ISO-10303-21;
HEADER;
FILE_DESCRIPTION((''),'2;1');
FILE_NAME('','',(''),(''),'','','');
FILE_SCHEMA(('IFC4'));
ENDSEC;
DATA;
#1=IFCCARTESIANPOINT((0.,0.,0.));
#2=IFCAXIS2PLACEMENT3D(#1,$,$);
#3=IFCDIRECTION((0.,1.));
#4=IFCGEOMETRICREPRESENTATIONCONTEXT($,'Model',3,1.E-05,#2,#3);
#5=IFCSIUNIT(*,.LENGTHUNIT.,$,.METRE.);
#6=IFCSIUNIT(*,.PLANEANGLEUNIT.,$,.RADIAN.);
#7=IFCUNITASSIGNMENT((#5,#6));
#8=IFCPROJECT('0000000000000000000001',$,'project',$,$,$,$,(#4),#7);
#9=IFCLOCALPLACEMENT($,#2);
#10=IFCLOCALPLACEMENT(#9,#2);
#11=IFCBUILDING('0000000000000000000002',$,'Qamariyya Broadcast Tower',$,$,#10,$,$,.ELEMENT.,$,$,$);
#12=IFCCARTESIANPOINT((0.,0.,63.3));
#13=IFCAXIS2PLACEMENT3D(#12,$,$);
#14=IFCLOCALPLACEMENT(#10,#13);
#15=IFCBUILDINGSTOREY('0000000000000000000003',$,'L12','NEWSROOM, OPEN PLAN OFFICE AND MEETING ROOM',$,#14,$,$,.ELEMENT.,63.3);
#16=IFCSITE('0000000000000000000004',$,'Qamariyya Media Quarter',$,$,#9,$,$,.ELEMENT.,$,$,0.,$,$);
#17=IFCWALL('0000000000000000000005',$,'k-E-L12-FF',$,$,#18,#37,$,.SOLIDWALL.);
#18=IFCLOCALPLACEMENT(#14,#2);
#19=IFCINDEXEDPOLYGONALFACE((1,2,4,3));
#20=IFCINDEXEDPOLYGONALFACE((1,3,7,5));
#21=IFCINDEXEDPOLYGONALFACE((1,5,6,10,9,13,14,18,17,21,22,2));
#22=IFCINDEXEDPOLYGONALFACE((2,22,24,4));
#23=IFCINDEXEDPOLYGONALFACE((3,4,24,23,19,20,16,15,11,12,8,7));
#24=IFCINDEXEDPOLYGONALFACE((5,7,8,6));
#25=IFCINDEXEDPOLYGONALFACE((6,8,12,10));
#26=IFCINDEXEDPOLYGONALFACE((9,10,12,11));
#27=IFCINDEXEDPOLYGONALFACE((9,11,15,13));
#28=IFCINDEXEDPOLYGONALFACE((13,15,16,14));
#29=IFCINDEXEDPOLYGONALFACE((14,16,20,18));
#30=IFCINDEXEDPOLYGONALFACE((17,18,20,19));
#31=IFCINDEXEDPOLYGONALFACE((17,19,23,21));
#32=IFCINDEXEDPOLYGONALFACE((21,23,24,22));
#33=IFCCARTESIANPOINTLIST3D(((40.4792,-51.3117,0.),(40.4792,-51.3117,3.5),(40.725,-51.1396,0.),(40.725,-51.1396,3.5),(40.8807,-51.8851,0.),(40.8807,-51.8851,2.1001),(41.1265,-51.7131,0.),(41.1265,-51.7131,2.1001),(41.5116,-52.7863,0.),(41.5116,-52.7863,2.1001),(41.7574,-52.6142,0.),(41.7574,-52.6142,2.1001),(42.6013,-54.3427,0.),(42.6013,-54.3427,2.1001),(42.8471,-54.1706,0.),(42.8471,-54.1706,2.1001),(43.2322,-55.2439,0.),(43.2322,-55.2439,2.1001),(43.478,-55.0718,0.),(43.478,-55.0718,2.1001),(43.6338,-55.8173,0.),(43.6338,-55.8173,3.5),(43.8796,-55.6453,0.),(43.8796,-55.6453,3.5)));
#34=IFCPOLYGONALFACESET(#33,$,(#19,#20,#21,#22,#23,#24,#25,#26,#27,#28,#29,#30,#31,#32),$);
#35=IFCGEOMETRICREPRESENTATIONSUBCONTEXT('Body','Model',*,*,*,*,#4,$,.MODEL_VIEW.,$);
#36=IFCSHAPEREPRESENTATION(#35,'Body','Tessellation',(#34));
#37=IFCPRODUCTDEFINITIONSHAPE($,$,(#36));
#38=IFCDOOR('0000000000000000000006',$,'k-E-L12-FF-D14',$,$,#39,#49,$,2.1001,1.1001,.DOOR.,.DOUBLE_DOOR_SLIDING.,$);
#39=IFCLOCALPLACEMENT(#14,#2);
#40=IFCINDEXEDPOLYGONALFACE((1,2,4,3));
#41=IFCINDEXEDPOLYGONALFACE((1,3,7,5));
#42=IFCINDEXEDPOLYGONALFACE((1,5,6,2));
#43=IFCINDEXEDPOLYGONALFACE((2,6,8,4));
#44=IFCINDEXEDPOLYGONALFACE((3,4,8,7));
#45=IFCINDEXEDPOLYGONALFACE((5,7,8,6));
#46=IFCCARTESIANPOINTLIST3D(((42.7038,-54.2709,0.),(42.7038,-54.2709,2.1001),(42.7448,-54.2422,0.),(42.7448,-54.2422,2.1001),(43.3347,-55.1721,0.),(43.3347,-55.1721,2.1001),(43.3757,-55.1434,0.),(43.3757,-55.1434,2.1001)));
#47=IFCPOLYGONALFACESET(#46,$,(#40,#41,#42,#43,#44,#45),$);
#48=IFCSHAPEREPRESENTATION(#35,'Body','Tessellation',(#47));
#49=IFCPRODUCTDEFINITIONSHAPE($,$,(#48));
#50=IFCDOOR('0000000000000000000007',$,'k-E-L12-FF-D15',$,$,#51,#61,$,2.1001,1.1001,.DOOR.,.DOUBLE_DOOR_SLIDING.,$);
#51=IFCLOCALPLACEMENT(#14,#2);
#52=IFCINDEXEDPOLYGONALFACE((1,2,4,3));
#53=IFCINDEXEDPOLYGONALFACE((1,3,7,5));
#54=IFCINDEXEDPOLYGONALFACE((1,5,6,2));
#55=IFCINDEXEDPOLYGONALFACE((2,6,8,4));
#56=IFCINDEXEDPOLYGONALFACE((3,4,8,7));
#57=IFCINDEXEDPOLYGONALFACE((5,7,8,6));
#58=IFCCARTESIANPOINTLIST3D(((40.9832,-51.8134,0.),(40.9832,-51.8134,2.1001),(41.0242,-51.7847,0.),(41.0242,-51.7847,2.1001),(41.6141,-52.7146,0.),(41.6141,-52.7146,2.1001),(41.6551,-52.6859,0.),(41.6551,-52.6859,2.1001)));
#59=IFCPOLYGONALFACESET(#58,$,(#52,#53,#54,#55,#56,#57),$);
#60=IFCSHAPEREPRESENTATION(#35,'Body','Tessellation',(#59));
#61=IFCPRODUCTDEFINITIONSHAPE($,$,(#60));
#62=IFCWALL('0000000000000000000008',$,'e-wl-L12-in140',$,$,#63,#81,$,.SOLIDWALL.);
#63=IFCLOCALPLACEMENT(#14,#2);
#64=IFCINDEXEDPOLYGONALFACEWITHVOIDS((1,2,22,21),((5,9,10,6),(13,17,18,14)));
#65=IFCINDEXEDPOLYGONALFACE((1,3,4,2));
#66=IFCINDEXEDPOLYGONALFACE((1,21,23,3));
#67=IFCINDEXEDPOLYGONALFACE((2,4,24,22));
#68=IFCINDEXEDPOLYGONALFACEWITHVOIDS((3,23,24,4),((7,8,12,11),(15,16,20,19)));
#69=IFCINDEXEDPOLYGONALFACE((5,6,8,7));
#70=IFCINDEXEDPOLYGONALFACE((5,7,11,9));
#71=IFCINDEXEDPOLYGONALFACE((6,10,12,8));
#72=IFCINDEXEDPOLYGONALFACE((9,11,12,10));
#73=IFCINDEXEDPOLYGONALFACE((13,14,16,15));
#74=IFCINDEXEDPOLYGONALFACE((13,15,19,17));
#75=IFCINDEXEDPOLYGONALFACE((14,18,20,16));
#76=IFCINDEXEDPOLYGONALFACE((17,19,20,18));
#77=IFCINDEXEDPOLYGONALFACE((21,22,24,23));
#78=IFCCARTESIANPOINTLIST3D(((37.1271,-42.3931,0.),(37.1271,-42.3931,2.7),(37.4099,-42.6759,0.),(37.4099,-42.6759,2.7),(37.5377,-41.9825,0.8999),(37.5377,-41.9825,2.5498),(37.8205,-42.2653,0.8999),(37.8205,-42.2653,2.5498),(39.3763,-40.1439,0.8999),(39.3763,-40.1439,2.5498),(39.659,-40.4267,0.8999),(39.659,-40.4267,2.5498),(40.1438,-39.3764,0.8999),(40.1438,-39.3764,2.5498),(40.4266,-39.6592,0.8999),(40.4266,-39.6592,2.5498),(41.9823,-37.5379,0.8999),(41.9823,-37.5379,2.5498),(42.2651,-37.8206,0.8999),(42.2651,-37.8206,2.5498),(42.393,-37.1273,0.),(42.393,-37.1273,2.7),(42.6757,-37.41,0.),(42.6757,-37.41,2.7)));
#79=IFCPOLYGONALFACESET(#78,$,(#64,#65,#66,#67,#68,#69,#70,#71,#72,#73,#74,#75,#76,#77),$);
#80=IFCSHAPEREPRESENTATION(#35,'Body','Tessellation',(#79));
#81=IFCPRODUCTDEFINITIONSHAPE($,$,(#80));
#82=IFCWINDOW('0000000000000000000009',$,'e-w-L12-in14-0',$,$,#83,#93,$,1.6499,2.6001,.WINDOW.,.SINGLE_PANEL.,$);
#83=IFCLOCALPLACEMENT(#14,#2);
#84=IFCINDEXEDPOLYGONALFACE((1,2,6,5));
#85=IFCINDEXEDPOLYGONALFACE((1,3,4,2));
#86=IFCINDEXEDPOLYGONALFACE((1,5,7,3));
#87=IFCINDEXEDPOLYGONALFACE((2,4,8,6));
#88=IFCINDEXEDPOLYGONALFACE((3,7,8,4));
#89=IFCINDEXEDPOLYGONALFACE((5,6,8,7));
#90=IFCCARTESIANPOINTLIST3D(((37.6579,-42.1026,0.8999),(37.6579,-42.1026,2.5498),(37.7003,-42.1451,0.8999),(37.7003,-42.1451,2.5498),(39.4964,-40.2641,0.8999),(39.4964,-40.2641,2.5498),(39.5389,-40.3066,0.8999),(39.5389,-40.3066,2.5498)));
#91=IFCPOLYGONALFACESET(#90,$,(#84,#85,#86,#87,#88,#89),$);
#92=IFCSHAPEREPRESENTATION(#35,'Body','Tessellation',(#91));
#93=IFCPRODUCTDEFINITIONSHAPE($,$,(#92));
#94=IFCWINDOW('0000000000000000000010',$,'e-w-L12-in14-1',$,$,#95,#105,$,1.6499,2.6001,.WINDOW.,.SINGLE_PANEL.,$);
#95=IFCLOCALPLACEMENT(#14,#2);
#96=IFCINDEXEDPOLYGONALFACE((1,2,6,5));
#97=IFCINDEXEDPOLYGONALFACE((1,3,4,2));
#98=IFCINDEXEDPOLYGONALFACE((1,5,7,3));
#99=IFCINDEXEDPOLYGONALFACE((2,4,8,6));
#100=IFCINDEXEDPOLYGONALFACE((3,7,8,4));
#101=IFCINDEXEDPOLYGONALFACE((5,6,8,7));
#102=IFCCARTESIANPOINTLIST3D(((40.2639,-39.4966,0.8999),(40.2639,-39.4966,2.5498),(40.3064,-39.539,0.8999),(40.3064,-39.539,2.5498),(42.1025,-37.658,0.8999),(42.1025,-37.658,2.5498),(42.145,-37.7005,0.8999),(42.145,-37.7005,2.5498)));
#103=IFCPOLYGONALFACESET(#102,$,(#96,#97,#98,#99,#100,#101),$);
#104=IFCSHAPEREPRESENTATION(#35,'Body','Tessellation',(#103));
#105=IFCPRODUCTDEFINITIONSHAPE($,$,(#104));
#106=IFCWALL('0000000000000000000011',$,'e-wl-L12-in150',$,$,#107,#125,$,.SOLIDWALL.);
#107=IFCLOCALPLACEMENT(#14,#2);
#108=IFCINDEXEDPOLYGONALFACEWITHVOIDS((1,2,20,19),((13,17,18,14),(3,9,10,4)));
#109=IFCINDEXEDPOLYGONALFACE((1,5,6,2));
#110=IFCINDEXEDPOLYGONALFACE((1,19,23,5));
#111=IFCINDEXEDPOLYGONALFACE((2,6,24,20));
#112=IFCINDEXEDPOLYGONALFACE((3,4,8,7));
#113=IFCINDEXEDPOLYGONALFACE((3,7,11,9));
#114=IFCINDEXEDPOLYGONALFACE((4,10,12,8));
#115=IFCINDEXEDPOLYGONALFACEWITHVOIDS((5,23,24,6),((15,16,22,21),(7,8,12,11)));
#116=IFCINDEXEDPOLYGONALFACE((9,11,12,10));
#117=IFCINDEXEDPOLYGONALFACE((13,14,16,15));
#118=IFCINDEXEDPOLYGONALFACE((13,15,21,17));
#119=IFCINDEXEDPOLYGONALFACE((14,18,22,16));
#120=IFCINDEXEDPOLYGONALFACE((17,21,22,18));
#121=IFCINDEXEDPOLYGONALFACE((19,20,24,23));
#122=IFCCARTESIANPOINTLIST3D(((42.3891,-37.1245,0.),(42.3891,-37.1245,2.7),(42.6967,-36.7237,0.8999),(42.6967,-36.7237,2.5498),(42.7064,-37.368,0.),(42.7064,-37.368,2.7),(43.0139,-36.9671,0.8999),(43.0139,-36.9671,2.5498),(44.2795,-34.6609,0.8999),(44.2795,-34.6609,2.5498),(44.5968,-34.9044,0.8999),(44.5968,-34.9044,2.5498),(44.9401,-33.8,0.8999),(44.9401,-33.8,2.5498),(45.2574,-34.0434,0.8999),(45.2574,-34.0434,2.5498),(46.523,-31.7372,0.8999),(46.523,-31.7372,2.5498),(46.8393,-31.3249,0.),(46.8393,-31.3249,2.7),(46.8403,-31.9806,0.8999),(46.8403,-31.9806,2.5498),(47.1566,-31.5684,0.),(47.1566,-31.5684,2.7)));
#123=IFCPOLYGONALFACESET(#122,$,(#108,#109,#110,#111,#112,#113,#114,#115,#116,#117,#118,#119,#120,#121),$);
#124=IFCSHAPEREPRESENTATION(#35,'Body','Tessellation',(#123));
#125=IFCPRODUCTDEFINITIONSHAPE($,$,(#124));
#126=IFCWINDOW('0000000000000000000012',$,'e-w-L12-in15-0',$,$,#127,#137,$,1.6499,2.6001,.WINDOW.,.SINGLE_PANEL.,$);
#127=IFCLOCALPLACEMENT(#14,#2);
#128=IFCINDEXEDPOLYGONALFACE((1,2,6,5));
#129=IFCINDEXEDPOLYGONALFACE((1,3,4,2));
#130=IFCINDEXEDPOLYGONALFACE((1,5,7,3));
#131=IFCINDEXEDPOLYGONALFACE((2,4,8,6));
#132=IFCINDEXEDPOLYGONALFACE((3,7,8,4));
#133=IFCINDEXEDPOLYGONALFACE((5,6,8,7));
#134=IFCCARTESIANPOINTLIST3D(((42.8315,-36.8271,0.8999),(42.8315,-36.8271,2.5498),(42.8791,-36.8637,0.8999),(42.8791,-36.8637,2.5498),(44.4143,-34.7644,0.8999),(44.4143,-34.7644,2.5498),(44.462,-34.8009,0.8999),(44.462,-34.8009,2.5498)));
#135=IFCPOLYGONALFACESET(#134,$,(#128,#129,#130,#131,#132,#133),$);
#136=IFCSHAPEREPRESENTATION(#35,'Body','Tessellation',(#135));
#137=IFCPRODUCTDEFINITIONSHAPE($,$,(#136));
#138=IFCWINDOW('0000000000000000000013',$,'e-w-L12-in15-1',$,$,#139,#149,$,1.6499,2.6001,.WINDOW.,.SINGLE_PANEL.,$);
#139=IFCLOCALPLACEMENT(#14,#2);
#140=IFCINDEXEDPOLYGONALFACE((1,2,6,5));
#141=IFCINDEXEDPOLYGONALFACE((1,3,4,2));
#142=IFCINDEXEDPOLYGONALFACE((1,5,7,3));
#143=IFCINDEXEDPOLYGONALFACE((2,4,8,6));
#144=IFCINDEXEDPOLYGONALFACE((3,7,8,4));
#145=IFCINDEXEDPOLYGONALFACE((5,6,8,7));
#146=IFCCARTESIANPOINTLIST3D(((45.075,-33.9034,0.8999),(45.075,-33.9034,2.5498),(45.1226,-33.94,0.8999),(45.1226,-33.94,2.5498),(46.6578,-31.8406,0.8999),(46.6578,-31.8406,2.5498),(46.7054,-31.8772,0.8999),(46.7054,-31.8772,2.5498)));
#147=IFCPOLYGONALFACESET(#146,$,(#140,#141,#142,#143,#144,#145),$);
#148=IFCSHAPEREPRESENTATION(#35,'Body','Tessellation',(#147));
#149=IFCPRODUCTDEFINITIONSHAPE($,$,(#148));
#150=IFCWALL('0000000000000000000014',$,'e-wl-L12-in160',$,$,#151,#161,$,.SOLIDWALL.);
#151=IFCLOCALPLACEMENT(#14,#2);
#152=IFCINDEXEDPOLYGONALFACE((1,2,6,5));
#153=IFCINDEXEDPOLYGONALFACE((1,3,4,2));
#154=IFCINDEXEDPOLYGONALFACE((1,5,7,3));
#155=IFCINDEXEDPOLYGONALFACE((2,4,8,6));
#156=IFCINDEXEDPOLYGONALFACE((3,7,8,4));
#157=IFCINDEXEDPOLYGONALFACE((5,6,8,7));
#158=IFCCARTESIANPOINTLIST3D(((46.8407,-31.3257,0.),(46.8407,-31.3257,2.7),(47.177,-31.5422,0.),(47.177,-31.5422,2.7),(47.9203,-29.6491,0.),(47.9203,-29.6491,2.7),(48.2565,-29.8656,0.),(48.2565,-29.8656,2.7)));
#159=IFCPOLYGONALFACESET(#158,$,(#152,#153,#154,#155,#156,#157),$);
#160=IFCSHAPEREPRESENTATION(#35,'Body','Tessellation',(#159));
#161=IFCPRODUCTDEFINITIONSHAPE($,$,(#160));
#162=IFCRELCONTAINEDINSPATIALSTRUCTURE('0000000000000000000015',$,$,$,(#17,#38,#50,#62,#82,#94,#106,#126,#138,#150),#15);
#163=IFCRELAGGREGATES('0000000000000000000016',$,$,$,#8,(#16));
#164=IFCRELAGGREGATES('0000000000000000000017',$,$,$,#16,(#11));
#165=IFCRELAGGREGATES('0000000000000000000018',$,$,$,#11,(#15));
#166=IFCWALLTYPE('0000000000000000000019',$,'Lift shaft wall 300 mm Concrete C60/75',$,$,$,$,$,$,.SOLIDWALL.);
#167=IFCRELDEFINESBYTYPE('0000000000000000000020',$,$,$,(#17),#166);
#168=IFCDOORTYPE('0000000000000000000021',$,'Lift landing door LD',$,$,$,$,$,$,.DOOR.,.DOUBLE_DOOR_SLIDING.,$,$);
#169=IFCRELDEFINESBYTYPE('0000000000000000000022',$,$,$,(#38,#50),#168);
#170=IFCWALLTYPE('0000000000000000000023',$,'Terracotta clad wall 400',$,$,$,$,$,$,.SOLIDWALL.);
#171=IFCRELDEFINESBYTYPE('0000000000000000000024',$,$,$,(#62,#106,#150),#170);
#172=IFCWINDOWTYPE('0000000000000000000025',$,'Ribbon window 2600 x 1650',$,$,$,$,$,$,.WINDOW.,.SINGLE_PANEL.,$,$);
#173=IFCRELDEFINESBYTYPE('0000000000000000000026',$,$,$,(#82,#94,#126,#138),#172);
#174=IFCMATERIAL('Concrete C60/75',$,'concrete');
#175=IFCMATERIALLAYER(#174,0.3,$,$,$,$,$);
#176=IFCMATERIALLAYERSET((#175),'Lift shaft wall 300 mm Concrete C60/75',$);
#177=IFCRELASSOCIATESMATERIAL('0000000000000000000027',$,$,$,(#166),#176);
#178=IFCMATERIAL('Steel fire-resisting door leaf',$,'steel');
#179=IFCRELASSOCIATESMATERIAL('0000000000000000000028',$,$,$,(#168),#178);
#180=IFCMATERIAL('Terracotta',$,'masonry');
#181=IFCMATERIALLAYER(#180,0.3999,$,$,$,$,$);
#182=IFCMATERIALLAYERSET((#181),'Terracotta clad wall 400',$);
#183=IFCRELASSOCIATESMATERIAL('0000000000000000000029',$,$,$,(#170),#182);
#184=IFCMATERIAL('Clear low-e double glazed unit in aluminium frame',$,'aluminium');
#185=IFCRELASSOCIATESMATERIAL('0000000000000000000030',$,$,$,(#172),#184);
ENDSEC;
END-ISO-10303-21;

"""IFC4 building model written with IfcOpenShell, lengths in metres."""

from ifc_helpers import new_model, si_unit, direction, frame, frame_2d, origin, place, context, subcontext, project, spatial, rectangle, extrude, material, layer, layer_set, type_object, element, fill, save


model = new_model("IFC4")

# Units and contexts
model_context = context("Model", 3, precision=1e-05, world=origin(), true_north=direction((0.0, 1.0)))
body_context = subcontext(model_context, "Body", "Model", "MODEL_VIEW")
ifc_project = project(units=[si_unit("LENGTHUNIT", "METRE"), si_unit("PLANEANGLEUNIT", "RADIAN")], contexts=[model_context])

# Site, building, storey
site_placement = place(None, origin())
site = spatial("IfcSite", under=ifc_project, at=site_placement, Name="Qamariyya Media Quarter", CompositionType="ELEMENT", RefElevation=0.0)
building_placement = place(site_placement, origin())
building = spatial("IfcBuilding", under=site, at=building_placement, Name="Qamariyya Broadcast Tower", CompositionType="ELEMENT")
storey_placement = place(building_placement, frame((0.0, 0.0, 63.3)))
storey = spatial("IfcBuildingStorey", under=building, at=storey_placement, Name="L12", Description="NEWSROOM, OPEN PLAN OFFICE AND MEETING ROOM", CompositionType="ELEMENT", Elevation=63.3)

# Shared definitions
ifc_material_1 = material(Name="Concrete C60/75", Category="concrete")

# Wall, openings, doors
ifc_layer_1 = layer(ifc_material_1, 0.3)
ifc_layer_set_1 = layer_set([ifc_layer_1], Name="Lift shaft wall 300 mm Concrete C60/75")
wall_type_1 = type_object("IfcWallType", Name="Lift shaft wall 300 mm Concrete C60/75", PredefinedType="SOLIDWALL", material=ifc_layer_set_1)
wall_1_placement = place(storey_placement, frame((43.7566, -55.7312, 0.0), z_axis=(0.0, 0.0, 1.0), x_axis=(-0.573537, 0.81918, 0.0)))
wall_1 = element("IfcWall", 1, at=wall_1_placement, inside=storey, type_object=wall_type_1, Name="k-E-L12-FF", PredefinedType="SOLIDWALL", context=body_context, shape_type="SweptSolid", body=[
    extrude(rectangle(XDim=5.5002, YDim=0.3, at=frame_2d((2.75, 0.0))), origin(), (0.0, 0.0, 1.0), 3.5),
])
opening_1_placement = place(wall_1_placement, frame((0.7, 0.0, 0.0)))
opening_1 = element("IfcOpeningElement", 2, at=opening_1_placement, cuts=wall_1, PredefinedType="OPENING", context=body_context, shape_type="SweptSolid", body=[
    extrude(rectangle(XDim=1.1001, YDim=2.1001, at=frame_2d((0.55, 1.05))), frame((0.0, 0.1599, 0.0), z_axis=(0.0, -1.0, 0.0), x_axis=(1.0, 0.0, 0.0)), (0.0, 0.0, 1.0), 0.3201),
])
opening_2_placement = place(wall_1_placement, frame((3.7, 0.0, 0.0)))
opening_2 = element("IfcOpeningElement", 3, at=opening_2_placement, cuts=wall_1, PredefinedType="OPENING", context=body_context, shape_type="SweptSolid", body=[
    extrude(rectangle(XDim=1.1001, YDim=2.1001, at=frame_2d((0.55, 1.05))), frame((0.0, 0.1599, 0.0), z_axis=(0.0, -1.0, 0.0), x_axis=(1.0, 0.0, 0.0)), (0.0, 0.0, 1.0), 0.3201),
])
ifc_material_2 = material(Name="Steel fire-resisting door leaf", Category="steel")
door_type_1 = type_object("IfcDoorType", Name="Lift landing door LD", OperationType="DOUBLE_DOOR_SLIDING", PredefinedType="DOOR", material=ifc_material_2)
door_1_placement = place(opening_1_placement, origin())
door_1 = element("IfcDoor", 4, at=door_1_placement, inside=storey, type_object=door_type_1, Name="k-E-L12-FF-D14", OperationType="DOUBLE_DOOR_SLIDING", OverallHeight=2.1001, OverallWidth=1.1001, PredefinedType="DOOR", context=body_context, shape_type="SweptSolid", body=[
    extrude(rectangle(XDim=1.1001, YDim=2.1001, at=frame_2d((0.55, 1.05))), frame((0.0, 0.0249, 0.0), z_axis=(0.0, -1.0, 0.0), x_axis=(1.0, 0.0, 0.0)), (0.0, 0.0, 1.0), 0.05),
])
fill(opening_1, door_1)
door_2_placement = place(opening_2_placement, origin())
door_2 = element("IfcDoor", 5, at=door_2_placement, inside=storey, type_object=door_type_1, Name="k-E-L12-FF-D15", OperationType="DOUBLE_DOOR_SLIDING", OverallHeight=2.1001, OverallWidth=1.1001, PredefinedType="DOOR", context=body_context, shape_type="SweptSolid", body=[
    extrude(rectangle(XDim=1.1001, YDim=2.1001, at=frame_2d((0.55, 1.05))), frame((0.0, 0.0249, 0.0), z_axis=(0.0, -1.0, 0.0), x_axis=(1.0, 0.0, 0.0)), (0.0, 0.0, 1.0), 0.05),
])
fill(opening_2, door_2)

# Walls, openings, windows
ifc_material_3 = material(Name="Terracotta", Category="masonry")
ifc_layer_2 = layer(ifc_material_3, 0.3999)
ifc_layer_set_2 = layer_set([ifc_layer_2], Name="Terracotta clad wall 400")
wall_type_2 = type_object("IfcWallType", Name="Terracotta clad wall 400", PredefinedType="SOLIDWALL", material=ifc_layer_set_2)
wall_2_placement = place(storey_placement, frame((42.5344, -37.2686, 0.0), z_axis=(0.0, 0.0, 1.0), x_axis=(-0.707107, -0.707107, 0.0)))
wall_2 = element("IfcWall", 6, at=wall_2_placement, inside=storey, type_object=wall_type_2, Name="e-wl-L12-in140", PredefinedType="SOLIDWALL", context=body_context, shape_type="SweptSolid", body=[
    extrude(rectangle(XDim=7.447, YDim=0.3999, at=frame_2d((3.7236, 0.0))), origin(), (0.0, 0.0, 1.0), 2.7),
])
opening_3_placement = place(wall_2_placement, frame((4.2664, 0.0, 0.8999)))
opening_3 = element("IfcOpeningElement", 7, at=opening_3_placement, cuts=wall_2, PredefinedType="OPENING", context=body_context, shape_type="SweptSolid", body=[
    extrude(rectangle(XDim=2.6001, YDim=1.6499, at=frame_2d((1.3, 0.825))), frame((0.0, 0.21, 0.0), z_axis=(0.0, -1.0, 0.0), x_axis=(1.0, 0.0, 0.0)), (0.0, 0.0, 1.0), 0.4199),
])
opening_4_placement = place(wall_2_placement, frame((0.5808, 0.0, 0.8999)))
opening_4 = element("IfcOpeningElement", 8, at=opening_4_placement, cuts=wall_2, PredefinedType="OPENING", context=body_context, shape_type="SweptSolid", body=[
    extrude(rectangle(XDim=2.6001, YDim=1.6499, at=frame_2d((1.3, 0.825))), frame((0.0, 0.21, 0.0), z_axis=(0.0, -1.0, 0.0), x_axis=(1.0, 0.0, 0.0)), (0.0, 0.0, 1.0), 0.4199),
])
ifc_material_4 = material(Name="Clear low-e double glazed unit in aluminium frame", Category="aluminium")
window_type = type_object("IfcWindowType", Name="Ribbon window 2600 x 1650", PartitioningType="SINGLE_PANEL", PredefinedType="WINDOW", material=ifc_material_4)
window_1_placement = place(opening_3_placement, origin())
window_1 = element("IfcWindow", 9, at=window_1_placement, inside=storey, type_object=window_type, Name="e-w-L12-in14-0", OverallHeight=1.6499, OverallWidth=2.6001, PartitioningType="SINGLE_PANEL", PredefinedType="WINDOW", context=body_context, shape_type="SweptSolid", body=[
    extrude(rectangle(XDim=2.6001, YDim=1.6499, at=frame_2d((1.3, 0.825))), frame((0.0, 0.03, 0.0), z_axis=(0.0, -1.0, 0.0), x_axis=(1.0, 0.0, 0.0)), (0.0, 0.0, 1.0), 0.0601),
])
fill(opening_3, window_1)
window_2_placement = place(opening_4_placement, origin())
window_2 = element("IfcWindow", 10, at=window_2_placement, inside=storey, type_object=window_type, Name="e-w-L12-in14-1", OverallHeight=1.6499, OverallWidth=2.6001, PartitioningType="SINGLE_PANEL", PredefinedType="WINDOW", context=body_context, shape_type="SweptSolid", body=[
    extrude(rectangle(XDim=2.6001, YDim=1.6499, at=frame_2d((1.3, 0.825))), frame((0.0, 0.03, 0.0), z_axis=(0.0, -1.0, 0.0), x_axis=(1.0, 0.0, 0.0)), (0.0, 0.0, 1.0), 0.0601),
])
fill(opening_4, window_2)
wall_3_placement = place(storey_placement, frame((46.998, -31.4465, 0.0), z_axis=(0.0, 0.0, 1.0), x_axis=(-0.608765, -0.793351, 0.0)))
wall_3 = element("IfcWall", 11, at=wall_3_placement, inside=storey, type_object=wall_type_2, Name="e-wl-L12-in150", PredefinedType="SOLIDWALL", context=body_context, shape_type="SweptSolid", body=[
    extrude(rectangle(XDim=7.3103, YDim=0.3999, at=frame_2d((3.6553, 0.0))), origin(), (0.0, 0.0, 1.0), 2.7),
])
opening_5_placement = place(wall_3_placement, frame((4.2051, 0.0, 0.8999)))
opening_5 = element("IfcOpeningElement", 12, at=opening_5_placement, cuts=wall_3, PredefinedType="OPENING", context=body_context, shape_type="SweptSolid", body=[
    extrude(rectangle(XDim=2.6001, YDim=1.6499, at=frame_2d((1.3, 0.825))), frame((0.0, 0.21, 0.0), z_axis=(0.0, -1.0, 0.0), x_axis=(1.0, 0.0, 0.0)), (0.0, 0.0, 1.0), 0.4199),
])
opening_6_placement = place(wall_3_placement, frame((0.5198, 0.0, 0.8999)))
opening_6 = element("IfcOpeningElement", 13, at=opening_6_placement, cuts=wall_3, PredefinedType="OPENING", context=body_context, shape_type="SweptSolid", body=[
    extrude(rectangle(XDim=2.6001, YDim=1.6499, at=frame_2d((1.3, 0.825))), frame((0.0, 0.21, 0.0), z_axis=(0.0, -1.0, 0.0), x_axis=(1.0, 0.0, 0.0)), (0.0, 0.0, 1.0), 0.4199),
])
window_3_placement = place(opening_5_placement, origin())
window_3 = element("IfcWindow", 14, at=window_3_placement, inside=storey, type_object=window_type, Name="e-w-L12-in15-0", OverallHeight=1.6499, OverallWidth=2.6001, PartitioningType="SINGLE_PANEL", PredefinedType="WINDOW", context=body_context, shape_type="SweptSolid", body=[
    extrude(rectangle(XDim=2.6001, YDim=1.6499, at=frame_2d((1.3, 0.825))), frame((0.0, 0.03, 0.0), z_axis=(0.0, -1.0, 0.0), x_axis=(1.0, 0.0, 0.0)), (0.0, 0.0, 1.0), 0.0601),
])
fill(opening_5, window_3)
window_4_placement = place(opening_6_placement, origin())
window_4 = element("IfcWindow", 15, at=window_4_placement, inside=storey, type_object=window_type, Name="e-w-L12-in15-1", OverallHeight=1.6499, OverallWidth=2.6001, PartitioningType="SINGLE_PANEL", PredefinedType="WINDOW", context=body_context, shape_type="SweptSolid", body=[
    extrude(rectangle(XDim=2.6001, YDim=1.6499, at=frame_2d((1.3, 0.825))), frame((0.0, 0.03, 0.0), z_axis=(0.0, -1.0, 0.0), x_axis=(1.0, 0.0, 0.0)), (0.0, 0.0, 1.0), 0.0601),
])
fill(opening_6, window_4)

# Wall
wall_4_placement = place(storey_placement, frame((48.0884, -29.7573, 0.0), z_axis=(0.0, 0.0, 1.0), x_axis=(-0.541351, -0.840796, 0.0)))
element("IfcWall", 16, at=wall_4_placement, inside=storey, type_object=wall_type_2, Name="e-wl-L12-in160", PredefinedType="SOLIDWALL", context=body_context, shape_type="SweptSolid", body=[
    extrude(rectangle(XDim=1.9941, YDim=0.3999, at=frame_2d((0.9971, 0.0))), origin(), (0.0, 0.0, 1.0), 2.7),
])

save(model, "model.ifc")
